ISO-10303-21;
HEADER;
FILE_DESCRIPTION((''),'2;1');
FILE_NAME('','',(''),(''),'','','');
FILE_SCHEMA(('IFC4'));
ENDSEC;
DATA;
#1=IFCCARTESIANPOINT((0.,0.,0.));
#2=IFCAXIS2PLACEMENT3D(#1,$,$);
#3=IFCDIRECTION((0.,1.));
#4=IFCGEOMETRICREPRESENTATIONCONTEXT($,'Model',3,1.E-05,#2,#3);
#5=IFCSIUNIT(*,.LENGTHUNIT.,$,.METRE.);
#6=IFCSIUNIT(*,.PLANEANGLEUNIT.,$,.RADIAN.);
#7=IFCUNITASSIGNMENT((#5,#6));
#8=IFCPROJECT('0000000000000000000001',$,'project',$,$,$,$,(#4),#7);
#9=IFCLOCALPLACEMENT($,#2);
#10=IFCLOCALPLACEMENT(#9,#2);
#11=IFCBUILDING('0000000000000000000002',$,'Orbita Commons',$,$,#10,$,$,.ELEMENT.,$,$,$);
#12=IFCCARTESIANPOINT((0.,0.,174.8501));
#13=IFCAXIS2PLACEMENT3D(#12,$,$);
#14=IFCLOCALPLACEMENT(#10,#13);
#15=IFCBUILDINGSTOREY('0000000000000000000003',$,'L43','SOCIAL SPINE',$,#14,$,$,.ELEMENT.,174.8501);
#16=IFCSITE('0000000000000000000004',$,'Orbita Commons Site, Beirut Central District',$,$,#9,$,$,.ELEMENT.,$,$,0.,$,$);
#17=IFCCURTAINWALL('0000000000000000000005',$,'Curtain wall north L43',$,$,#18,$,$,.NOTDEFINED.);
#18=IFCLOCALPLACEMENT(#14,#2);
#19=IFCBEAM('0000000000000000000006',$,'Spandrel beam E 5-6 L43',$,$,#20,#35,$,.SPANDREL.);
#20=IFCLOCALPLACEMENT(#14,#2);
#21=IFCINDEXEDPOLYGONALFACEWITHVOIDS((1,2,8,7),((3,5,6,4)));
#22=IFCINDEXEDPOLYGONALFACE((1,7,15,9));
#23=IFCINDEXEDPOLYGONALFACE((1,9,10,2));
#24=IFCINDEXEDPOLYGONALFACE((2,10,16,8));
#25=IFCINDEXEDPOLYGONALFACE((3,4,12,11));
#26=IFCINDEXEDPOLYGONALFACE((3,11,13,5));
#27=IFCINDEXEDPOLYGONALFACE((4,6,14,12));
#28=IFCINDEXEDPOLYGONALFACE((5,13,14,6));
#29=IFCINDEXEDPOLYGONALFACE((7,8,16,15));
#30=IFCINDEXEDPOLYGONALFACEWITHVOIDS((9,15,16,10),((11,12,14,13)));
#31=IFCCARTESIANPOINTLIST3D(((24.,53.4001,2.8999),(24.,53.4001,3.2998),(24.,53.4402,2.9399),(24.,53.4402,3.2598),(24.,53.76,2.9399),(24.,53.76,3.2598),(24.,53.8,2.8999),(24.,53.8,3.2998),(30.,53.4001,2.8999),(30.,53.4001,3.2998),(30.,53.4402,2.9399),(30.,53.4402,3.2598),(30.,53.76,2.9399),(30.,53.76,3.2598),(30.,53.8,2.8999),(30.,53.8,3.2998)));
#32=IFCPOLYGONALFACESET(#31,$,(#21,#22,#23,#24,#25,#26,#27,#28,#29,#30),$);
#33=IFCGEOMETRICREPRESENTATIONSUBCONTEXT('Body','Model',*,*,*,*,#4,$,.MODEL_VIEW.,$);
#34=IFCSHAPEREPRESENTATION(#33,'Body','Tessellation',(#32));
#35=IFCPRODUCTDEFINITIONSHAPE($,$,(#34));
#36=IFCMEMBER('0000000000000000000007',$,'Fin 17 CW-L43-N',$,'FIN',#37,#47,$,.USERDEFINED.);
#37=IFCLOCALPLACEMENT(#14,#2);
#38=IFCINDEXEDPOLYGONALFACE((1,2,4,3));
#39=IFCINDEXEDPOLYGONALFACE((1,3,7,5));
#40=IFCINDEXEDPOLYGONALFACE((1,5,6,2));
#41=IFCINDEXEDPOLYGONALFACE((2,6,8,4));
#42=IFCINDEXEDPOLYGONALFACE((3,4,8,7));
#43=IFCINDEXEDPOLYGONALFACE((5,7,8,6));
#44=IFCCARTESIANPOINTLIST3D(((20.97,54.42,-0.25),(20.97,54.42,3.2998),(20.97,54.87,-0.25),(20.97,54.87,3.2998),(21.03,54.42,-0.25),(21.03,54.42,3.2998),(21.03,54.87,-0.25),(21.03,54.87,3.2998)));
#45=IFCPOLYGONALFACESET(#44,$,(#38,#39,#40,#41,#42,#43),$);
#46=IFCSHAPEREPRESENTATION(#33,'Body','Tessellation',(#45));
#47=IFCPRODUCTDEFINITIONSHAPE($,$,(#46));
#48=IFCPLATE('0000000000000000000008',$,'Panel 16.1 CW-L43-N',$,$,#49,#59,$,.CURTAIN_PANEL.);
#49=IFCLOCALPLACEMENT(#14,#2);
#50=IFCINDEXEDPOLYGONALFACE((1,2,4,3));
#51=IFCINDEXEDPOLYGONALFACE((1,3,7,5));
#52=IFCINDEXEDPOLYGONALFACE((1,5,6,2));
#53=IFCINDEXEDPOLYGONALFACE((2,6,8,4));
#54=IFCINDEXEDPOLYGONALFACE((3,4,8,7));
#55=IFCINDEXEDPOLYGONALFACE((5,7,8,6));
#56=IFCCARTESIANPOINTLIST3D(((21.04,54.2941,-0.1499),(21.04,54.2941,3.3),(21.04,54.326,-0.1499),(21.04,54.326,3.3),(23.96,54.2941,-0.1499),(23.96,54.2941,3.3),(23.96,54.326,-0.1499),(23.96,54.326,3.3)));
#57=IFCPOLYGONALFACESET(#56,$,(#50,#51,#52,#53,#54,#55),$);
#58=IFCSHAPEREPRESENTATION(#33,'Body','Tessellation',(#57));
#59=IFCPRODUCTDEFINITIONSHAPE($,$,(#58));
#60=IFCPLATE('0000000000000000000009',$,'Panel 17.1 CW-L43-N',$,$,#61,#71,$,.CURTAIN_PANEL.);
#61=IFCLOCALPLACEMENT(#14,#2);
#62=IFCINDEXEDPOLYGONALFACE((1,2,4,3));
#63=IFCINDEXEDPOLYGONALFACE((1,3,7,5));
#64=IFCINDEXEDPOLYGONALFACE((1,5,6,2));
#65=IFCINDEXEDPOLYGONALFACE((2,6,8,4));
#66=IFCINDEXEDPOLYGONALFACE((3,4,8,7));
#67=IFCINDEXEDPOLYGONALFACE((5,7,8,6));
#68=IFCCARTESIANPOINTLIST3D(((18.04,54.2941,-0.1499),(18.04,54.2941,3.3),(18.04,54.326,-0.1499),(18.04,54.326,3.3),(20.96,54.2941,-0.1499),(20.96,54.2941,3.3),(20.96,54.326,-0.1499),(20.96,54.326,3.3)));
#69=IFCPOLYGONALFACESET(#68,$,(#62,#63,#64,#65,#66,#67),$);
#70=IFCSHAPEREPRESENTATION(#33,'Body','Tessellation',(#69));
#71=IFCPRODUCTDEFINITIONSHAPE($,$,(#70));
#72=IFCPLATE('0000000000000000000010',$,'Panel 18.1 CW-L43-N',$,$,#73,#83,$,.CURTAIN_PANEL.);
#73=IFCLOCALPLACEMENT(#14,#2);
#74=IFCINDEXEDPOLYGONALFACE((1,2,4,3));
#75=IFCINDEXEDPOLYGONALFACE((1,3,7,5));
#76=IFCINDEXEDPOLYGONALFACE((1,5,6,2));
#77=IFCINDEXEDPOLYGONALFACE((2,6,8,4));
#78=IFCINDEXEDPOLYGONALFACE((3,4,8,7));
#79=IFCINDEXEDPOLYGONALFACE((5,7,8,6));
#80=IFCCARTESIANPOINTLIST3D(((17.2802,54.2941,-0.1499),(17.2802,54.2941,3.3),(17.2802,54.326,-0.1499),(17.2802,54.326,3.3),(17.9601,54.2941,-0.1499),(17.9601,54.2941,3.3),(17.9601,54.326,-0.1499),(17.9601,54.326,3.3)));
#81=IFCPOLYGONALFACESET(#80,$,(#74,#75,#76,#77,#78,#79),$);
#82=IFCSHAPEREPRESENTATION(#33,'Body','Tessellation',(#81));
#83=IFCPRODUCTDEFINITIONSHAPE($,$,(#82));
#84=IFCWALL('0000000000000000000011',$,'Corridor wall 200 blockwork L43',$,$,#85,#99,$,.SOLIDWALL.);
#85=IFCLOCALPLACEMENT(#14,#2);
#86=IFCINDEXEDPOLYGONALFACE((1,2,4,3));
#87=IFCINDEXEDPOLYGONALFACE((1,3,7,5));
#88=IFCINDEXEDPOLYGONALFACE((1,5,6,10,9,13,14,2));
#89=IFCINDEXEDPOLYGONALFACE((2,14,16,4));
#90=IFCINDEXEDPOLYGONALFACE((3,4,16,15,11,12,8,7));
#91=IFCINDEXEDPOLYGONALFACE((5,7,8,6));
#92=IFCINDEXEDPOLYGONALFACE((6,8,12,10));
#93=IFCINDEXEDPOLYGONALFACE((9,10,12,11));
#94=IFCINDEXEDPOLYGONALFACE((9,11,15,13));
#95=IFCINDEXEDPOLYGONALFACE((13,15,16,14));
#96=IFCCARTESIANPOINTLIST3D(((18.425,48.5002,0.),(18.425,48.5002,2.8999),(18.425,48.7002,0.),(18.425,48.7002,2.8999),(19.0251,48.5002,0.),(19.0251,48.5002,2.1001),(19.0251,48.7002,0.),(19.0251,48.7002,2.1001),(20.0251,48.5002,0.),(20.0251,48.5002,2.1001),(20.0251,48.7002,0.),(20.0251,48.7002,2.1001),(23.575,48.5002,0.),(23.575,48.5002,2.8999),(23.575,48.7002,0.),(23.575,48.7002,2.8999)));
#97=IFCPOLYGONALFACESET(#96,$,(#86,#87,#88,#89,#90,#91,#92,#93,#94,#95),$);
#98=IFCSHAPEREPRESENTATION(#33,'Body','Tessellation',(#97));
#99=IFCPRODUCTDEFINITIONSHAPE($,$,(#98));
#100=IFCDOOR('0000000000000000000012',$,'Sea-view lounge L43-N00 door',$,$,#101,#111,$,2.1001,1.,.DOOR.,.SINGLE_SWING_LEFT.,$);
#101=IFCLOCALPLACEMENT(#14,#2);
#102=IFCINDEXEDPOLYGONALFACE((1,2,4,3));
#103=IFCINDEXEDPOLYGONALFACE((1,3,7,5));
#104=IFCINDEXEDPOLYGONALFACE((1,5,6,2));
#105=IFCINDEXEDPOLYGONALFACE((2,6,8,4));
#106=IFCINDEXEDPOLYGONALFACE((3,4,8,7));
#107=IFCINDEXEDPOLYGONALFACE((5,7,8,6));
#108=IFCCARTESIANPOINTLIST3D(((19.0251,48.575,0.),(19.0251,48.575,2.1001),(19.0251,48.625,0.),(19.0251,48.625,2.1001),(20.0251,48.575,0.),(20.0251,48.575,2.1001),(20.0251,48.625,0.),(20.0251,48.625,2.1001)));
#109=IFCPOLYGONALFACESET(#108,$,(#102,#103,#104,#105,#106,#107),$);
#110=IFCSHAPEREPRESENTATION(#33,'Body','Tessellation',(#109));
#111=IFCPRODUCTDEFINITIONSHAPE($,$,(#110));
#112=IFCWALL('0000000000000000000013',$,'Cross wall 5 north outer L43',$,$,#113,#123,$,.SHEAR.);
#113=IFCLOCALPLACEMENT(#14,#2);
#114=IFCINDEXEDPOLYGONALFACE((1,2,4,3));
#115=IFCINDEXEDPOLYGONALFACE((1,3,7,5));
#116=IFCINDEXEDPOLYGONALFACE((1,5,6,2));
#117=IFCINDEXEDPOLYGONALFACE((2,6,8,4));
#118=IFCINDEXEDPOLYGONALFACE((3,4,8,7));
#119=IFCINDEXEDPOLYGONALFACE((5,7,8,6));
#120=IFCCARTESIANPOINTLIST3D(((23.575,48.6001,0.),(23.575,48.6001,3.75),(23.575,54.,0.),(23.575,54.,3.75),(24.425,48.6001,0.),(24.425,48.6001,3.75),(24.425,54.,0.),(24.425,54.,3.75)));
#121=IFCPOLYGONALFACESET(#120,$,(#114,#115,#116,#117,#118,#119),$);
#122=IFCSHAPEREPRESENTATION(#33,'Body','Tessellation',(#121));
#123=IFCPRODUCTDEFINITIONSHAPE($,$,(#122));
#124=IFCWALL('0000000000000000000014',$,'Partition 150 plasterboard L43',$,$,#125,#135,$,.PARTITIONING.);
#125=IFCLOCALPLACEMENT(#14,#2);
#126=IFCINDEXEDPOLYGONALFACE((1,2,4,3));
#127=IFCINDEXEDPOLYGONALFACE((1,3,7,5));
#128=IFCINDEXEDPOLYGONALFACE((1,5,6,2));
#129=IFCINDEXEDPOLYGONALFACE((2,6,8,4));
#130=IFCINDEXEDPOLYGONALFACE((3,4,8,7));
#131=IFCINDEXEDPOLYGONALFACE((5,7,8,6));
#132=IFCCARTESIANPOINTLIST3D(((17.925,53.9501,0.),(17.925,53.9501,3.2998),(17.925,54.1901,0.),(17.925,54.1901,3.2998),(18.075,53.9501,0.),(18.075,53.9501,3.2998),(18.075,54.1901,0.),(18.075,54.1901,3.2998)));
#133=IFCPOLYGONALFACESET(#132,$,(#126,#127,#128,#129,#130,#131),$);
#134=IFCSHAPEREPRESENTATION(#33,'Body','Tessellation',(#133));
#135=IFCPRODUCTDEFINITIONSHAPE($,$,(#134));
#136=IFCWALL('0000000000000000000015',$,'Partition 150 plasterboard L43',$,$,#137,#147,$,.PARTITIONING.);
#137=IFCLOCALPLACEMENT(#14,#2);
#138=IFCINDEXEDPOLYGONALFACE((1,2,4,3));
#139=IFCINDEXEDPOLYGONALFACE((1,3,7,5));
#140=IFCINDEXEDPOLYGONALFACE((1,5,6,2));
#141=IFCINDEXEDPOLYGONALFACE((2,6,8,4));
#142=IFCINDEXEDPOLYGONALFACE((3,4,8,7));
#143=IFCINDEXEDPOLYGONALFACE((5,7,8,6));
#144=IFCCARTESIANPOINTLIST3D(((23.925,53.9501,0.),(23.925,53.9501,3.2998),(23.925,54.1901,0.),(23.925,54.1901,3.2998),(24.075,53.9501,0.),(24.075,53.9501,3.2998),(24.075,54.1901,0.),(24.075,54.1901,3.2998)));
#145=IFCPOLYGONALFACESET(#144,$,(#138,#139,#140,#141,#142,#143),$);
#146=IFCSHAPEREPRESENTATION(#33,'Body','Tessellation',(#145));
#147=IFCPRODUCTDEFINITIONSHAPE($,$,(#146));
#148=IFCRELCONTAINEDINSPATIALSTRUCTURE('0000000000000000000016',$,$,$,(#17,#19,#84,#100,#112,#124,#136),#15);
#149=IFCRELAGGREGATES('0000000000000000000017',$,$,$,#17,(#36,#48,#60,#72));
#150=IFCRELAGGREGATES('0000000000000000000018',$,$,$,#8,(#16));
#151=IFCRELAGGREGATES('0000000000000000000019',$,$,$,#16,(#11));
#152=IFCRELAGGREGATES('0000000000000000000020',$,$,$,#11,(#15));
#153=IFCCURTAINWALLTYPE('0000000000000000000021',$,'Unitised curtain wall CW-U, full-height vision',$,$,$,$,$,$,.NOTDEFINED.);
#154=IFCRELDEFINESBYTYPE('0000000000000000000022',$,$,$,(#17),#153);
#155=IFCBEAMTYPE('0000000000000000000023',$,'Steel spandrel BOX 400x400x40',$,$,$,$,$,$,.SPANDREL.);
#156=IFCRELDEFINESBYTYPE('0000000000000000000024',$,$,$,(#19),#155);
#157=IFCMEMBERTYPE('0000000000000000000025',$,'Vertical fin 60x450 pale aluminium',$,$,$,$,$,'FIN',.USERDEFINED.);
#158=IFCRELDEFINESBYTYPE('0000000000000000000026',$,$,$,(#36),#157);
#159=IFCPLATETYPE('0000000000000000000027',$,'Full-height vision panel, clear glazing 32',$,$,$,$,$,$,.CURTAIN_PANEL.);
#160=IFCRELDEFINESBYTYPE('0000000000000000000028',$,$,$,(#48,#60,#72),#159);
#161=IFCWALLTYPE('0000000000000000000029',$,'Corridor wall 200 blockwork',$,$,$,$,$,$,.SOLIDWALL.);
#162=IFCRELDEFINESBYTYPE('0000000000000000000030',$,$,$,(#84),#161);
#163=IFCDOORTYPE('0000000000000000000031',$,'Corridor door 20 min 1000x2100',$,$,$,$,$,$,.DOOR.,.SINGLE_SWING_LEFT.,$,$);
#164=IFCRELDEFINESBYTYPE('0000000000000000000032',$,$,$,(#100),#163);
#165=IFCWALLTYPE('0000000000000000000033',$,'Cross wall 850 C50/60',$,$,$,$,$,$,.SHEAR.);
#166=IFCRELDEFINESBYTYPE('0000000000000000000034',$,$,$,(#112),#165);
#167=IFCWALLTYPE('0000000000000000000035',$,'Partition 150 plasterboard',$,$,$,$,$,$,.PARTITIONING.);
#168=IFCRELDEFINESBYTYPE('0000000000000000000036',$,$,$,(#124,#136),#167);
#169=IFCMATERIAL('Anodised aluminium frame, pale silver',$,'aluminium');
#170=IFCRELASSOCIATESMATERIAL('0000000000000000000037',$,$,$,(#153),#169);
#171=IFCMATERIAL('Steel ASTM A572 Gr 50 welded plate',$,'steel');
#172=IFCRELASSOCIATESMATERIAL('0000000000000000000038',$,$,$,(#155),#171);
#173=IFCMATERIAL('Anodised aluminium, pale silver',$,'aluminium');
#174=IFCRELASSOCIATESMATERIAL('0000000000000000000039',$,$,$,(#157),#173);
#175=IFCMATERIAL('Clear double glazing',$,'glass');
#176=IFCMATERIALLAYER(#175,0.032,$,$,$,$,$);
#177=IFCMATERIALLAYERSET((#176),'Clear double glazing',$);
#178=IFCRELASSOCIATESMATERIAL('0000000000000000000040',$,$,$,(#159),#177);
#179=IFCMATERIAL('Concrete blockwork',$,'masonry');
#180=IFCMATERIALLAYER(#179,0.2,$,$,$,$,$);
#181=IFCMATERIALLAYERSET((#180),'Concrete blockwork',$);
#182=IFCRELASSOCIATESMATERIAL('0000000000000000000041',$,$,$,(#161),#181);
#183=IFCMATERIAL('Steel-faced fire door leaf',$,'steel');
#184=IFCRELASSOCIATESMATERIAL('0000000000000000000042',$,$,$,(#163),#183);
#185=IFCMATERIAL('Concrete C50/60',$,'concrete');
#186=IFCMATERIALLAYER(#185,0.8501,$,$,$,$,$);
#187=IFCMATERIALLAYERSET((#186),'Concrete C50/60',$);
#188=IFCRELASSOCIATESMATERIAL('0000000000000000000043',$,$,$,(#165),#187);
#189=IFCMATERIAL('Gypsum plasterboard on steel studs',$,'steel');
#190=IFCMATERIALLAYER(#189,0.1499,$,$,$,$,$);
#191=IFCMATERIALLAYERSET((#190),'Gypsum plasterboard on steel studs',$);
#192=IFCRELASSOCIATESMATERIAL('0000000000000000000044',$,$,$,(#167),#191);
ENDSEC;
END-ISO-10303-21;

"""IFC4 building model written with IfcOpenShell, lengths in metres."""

from ifc_helpers import new_model, si_unit, direction, frame, frame_2d, origin, origin_2d, place, context, subcontext, project, spatial, polyline, rectangle, hollow_rectangle, outline, extrude, material, layer, layer_set, material_profile, profile_set, type_object, element, fill, aggregate, save


model = new_model("IFC4")

# Units and contexts
model_context = context("Model", 3, precision=1e-05, world=origin(), true_north=direction((0.0, 1.0)))
body_context = subcontext(model_context, "Body", "Model", "MODEL_VIEW")
ifc_project = project(units=[si_unit("LENGTHUNIT", "METRE"), si_unit("PLANEANGLEUNIT", "RADIAN")], contexts=[model_context])

# Site, building, storey
site_placement = place(None, origin())
site = spatial("IfcSite", under=ifc_project, at=site_placement, Name="Orbita Commons Site, Beirut Central District", CompositionType="ELEMENT", RefElevation=0.0)
building_placement = place(site_placement, origin())
building = spatial("IfcBuilding", under=site, at=building_placement, Name="Orbita Commons", CompositionType="ELEMENT")
storey_placement = place(building_placement, frame((0.0, 0.0, 174.8501)))
storey = spatial("IfcBuildingStorey", under=building, at=storey_placement, Name="L43", Description="SOCIAL SPINE", CompositionType="ELEMENT", Elevation=174.8501)

# Curtain wall
ifc_material_1 = material(Name="Anodised aluminium frame, pale silver", Category="aluminium")
curtain_wall_type = type_object("IfcCurtainWallType", Name="Unitised curtain wall CW-U, full-height vision", PredefinedType="NOTDEFINED", material=ifc_material_1)
curtain_wall_placement = place(storey_placement, origin())
curtain_wall = element("IfcCurtainWall", 1, at=curtain_wall_placement, inside=storey, type_object=curtain_wall_type, Name="Curtain wall north L43", PredefinedType="NOTDEFINED")

# Beam
ifc_material_2 = material(Name="Steel ASTM A572 Gr 50 welded plate", Category="steel")
ifc_material_profile_1 = material_profile(ifc_material_2, hollow_rectangle(XDim=0.3999, YDim=0.3999, WallThickness=0.04, at=origin_2d()), Name="BOX 400x400x40")
ifc_profile_set_1 = profile_set([ifc_material_profile_1], Name="Steel ASTM A572 Gr 50 welded plate")
beam_type_1 = type_object("IfcBeamType", Name="Steel spandrel BOX 400x400x40", PredefinedType="SPANDREL", material=ifc_profile_set_1)
for number, where, z_axis, x_axis, name in (
    (2, (24.0, 53.6001, 3.0999), (1.0, 0.0, 0.0), (0.0, 1.0, 0.0), "Spandrel beam E 5-6 L43"),
):
    element("IfcBeam", number, at=place(storey_placement, frame(where, z_axis=z_axis, x_axis=x_axis)), inside=storey, type_object=beam_type_1, Name=name, PredefinedType="SPANDREL", context=body_context, shape_type="SweptSolid", body=[
        extrude(hollow_rectangle(XDim=0.3999, YDim=0.3999, WallThickness=0.04, at=origin_2d()), origin(), (0.0, 0.0, 1.0), 6.0),
    ])

# Member
ifc_material_3 = material(Name="Anodised aluminium, pale silver", Category="aluminium")
ifc_material_profile_2 = material_profile(ifc_material_3, rectangle(XDim=0.0601, YDim=0.45, at=origin_2d()), Name="FIN 60x450")
ifc_profile_set_2 = profile_set([ifc_material_profile_2], Name="Anodised aluminium, pale silver")
member_type_1 = type_object("IfcMemberType", Name="Vertical fin 60x450 pale aluminium", ElementType="FIN", PredefinedType="USERDEFINED", material=ifc_profile_set_2)
member_1_placement = place(storey_placement, frame((21.0, 54.645, -0.25), z_axis=(0.0, 0.0, 1.0), x_axis=(-1.0, 0.0, 0.0)))
member_1 = element("IfcMember", 3, at=member_1_placement, type_object=member_type_1, Name="Fin 17 CW-L43-N", ObjectType="FIN", PredefinedType="USERDEFINED", context=body_context, shape_type="SweptSolid", body=[
    extrude(rectangle(XDim=0.0601, YDim=0.45, at=origin_2d()), origin(), (0.0, 0.0, 1.0), 3.5498),
])

# Plates
ifc_material_4 = material(Name="Clear double glazing", Category="glass")
ifc_layer_1 = layer(ifc_material_4, 0.032)
ifc_layer_set_1 = layer_set([ifc_layer_1], Name="Clear double glazing")
plate_type = type_object("IfcPlateType", Name="Full-height vision panel, clear glazing 32", PredefinedType="CURTAIN_PANEL", material=ifc_layer_set_1)
plate_1_placement = place(storey_placement, frame((22.5, 54.3101, -0.1499), z_axis=(0.0, 0.0, 1.0), x_axis=(-1.0, 0.0, 0.0)))
plate_1 = element("IfcPlate", 4, at=plate_1_placement, type_object=plate_type, Name="Panel 16.1 CW-L43-N", PredefinedType="CURTAIN_PANEL", context=body_context, shape_type="SweptSolid", body=[
    extrude(rectangle(XDim=2.9199, YDim=0.032, at=origin_2d()), origin(), (0.0, 0.0, 1.0), 3.45),
])
plate_2_placement = place(storey_placement, frame((19.5, 54.3101, -0.1499), z_axis=(0.0, 0.0, 1.0), x_axis=(-1.0, 0.0, 0.0)))
plate_2 = element("IfcPlate", 5, at=plate_2_placement, type_object=plate_type, Name="Panel 17.1 CW-L43-N", PredefinedType="CURTAIN_PANEL", context=body_context, shape_type="SweptSolid", body=[
    extrude(rectangle(XDim=2.9199, YDim=0.032, at=origin_2d()), origin(), (0.0, 0.0, 1.0), 3.45),
])
plate_3_placement = place(storey_placement, frame((17.6201, 54.3101, -0.1499), z_axis=(0.0, 0.0, 1.0), x_axis=(-1.0, 0.0, 0.0)))
plate_3 = element("IfcPlate", 6, at=plate_3_placement, type_object=plate_type, Name="Panel 18.1 CW-L43-N", PredefinedType="CURTAIN_PANEL", context=body_context, shape_type="SweptSolid", body=[
    extrude(rectangle(XDim=0.6799, YDim=0.032, at=origin_2d()), origin(), (0.0, 0.0, 1.0), 3.45),
])
aggregate(curtain_wall, [member_1, plate_1, plate_2, plate_3])

# Wall, opening, door
ifc_material_5 = material(Name="Concrete blockwork", Category="masonry")
ifc_layer_2 = layer(ifc_material_5, 0.2)
ifc_layer_set_2 = layer_set([ifc_layer_2], Name="Concrete blockwork")
wall_type_1 = type_object("IfcWallType", Name="Corridor wall 200 blockwork", PredefinedType="SOLIDWALL", material=ifc_layer_set_2)
wall_1_placement = place(storey_placement, frame((18.425, 48.6001, 0.0), z_axis=(0.0, 0.0, 1.0), x_axis=(1.0, 0.0, 0.0)))
wall_1 = element("IfcWall", 7, at=wall_1_placement, inside=storey, type_object=wall_type_1, Name="Corridor wall 200 blockwork L43", PredefinedType="SOLIDWALL", context=body_context, shape_type="SweptSolid", body=[
    extrude(outline(polyline([(0.0, 0.0), (5.1499, 0.0), (5.1499, 2.8999), (0.0, 2.8999), (0.0, 0.0)])), frame((0.0, 0.1001, 0.0), z_axis=(0.0, -1.0, 0.0), x_axis=(1.0, 0.0, 0.0)), (0.0, 0.0, 1.0), 0.2),
])
opening_1_placement = place(wall_1_placement, frame((0.6001, 0.0, 0.0)))
opening_1 = element("IfcOpeningElement", 8, at=opening_1_placement, cuts=wall_1, PredefinedType="OPENING", context=body_context, shape_type="SweptSolid", body=[
    extrude(rectangle(XDim=1.0, YDim=2.1001, at=frame_2d((0.5, 1.05))), frame((0.0, 0.1099, 0.0), z_axis=(0.0, -1.0, 0.0), x_axis=(1.0, 0.0, 0.0)), (0.0, 0.0, 1.0), 0.22),
])
ifc_material_6 = material(Name="Steel-faced fire door leaf", Category="steel")
door_type = type_object("IfcDoorType", Name="Corridor door 20 min 1000x2100", OperationType="SINGLE_SWING_LEFT", PredefinedType="DOOR", material=ifc_material_6)
door_placement = place(opening_1_placement, origin())
door = element("IfcDoor", 9, at=door_placement, inside=storey, type_object=door_type, Name="Sea-view lounge L43-N00 door", OperationType="SINGLE_SWING_LEFT", OverallHeight=2.1001, OverallWidth=1.0, PredefinedType="DOOR", context=body_context, shape_type="SweptSolid", body=[
    extrude(rectangle(XDim=1.0, YDim=2.1001, at=frame_2d((0.5, 1.05))), frame((0.0, 0.0249, 0.0), z_axis=(0.0, -1.0, 0.0), x_axis=(1.0, 0.0, 0.0)), (0.0, 0.0, 1.0), 0.05),
])
fill(opening_1, door)

# Walls
ifc_material_7 = material(Name="Concrete C50/60", Category="concrete")
ifc_layer_3 = layer(ifc_material_7, 0.8501)
ifc_layer_set_3 = layer_set([ifc_layer_3], Name="Concrete C50/60")
wall_type_2 = type_object("IfcWallType", Name="Cross wall 850 C50/60", PredefinedType="SHEAR", material=ifc_layer_set_3)
wall_2_placement = place(storey_placement, frame((24.0, 48.6001, 0.0), z_axis=(0.0, 0.0, 1.0), x_axis=(0.0, 1.0, 0.0)))
element("IfcWall", 10, at=wall_2_placement, inside=storey, type_object=wall_type_2, Name="Cross wall 5 north outer L43", PredefinedType="SHEAR", context=body_context, shape_type="SweptSolid", body=[
    extrude(rectangle(XDim=5.3999, YDim=0.8501, at=frame_2d((2.7, 0.0))), origin(), (0.0, 0.0, 1.0), 3.75),
])
ifc_material_8 = material(Name="Gypsum plasterboard on steel studs", Category="steel")
ifc_layer_4 = layer(ifc_material_8, 0.1499)
ifc_layer_set_4 = layer_set([ifc_layer_4], Name="Gypsum plasterboard on steel studs")
wall_type_3 = type_object("IfcWallType", Name="Partition 150 plasterboard", PredefinedType="PARTITIONING", material=ifc_layer_set_4)
for number, where, z_axis, x_axis, name in (
    (11, (18.0, 53.95, 0.0), (0.0, 0.0, 1.0), (0.0, 1.0, 0.0), "Partition 150 plasterboard L43"),
    (12, (24.0, 53.95, 0.0), (0.0, 0.0, 1.0), (0.0, 1.0, 0.0), "Partition 150 plasterboard L43"),
):
    element("IfcWall", number, at=place(storey_placement, frame(where, z_axis=z_axis, x_axis=x_axis)), inside=storey, type_object=wall_type_3, Name=name, PredefinedType="PARTITIONING", context=body_context, shape_type="SweptSolid", body=[
        extrude(rectangle(XDim=0.24, YDim=0.1499, at=frame_2d((0.1201, 0.0))), origin(), (0.0, 0.0, 1.0), 3.2998),
    ])

save(model, "model.ifc")
